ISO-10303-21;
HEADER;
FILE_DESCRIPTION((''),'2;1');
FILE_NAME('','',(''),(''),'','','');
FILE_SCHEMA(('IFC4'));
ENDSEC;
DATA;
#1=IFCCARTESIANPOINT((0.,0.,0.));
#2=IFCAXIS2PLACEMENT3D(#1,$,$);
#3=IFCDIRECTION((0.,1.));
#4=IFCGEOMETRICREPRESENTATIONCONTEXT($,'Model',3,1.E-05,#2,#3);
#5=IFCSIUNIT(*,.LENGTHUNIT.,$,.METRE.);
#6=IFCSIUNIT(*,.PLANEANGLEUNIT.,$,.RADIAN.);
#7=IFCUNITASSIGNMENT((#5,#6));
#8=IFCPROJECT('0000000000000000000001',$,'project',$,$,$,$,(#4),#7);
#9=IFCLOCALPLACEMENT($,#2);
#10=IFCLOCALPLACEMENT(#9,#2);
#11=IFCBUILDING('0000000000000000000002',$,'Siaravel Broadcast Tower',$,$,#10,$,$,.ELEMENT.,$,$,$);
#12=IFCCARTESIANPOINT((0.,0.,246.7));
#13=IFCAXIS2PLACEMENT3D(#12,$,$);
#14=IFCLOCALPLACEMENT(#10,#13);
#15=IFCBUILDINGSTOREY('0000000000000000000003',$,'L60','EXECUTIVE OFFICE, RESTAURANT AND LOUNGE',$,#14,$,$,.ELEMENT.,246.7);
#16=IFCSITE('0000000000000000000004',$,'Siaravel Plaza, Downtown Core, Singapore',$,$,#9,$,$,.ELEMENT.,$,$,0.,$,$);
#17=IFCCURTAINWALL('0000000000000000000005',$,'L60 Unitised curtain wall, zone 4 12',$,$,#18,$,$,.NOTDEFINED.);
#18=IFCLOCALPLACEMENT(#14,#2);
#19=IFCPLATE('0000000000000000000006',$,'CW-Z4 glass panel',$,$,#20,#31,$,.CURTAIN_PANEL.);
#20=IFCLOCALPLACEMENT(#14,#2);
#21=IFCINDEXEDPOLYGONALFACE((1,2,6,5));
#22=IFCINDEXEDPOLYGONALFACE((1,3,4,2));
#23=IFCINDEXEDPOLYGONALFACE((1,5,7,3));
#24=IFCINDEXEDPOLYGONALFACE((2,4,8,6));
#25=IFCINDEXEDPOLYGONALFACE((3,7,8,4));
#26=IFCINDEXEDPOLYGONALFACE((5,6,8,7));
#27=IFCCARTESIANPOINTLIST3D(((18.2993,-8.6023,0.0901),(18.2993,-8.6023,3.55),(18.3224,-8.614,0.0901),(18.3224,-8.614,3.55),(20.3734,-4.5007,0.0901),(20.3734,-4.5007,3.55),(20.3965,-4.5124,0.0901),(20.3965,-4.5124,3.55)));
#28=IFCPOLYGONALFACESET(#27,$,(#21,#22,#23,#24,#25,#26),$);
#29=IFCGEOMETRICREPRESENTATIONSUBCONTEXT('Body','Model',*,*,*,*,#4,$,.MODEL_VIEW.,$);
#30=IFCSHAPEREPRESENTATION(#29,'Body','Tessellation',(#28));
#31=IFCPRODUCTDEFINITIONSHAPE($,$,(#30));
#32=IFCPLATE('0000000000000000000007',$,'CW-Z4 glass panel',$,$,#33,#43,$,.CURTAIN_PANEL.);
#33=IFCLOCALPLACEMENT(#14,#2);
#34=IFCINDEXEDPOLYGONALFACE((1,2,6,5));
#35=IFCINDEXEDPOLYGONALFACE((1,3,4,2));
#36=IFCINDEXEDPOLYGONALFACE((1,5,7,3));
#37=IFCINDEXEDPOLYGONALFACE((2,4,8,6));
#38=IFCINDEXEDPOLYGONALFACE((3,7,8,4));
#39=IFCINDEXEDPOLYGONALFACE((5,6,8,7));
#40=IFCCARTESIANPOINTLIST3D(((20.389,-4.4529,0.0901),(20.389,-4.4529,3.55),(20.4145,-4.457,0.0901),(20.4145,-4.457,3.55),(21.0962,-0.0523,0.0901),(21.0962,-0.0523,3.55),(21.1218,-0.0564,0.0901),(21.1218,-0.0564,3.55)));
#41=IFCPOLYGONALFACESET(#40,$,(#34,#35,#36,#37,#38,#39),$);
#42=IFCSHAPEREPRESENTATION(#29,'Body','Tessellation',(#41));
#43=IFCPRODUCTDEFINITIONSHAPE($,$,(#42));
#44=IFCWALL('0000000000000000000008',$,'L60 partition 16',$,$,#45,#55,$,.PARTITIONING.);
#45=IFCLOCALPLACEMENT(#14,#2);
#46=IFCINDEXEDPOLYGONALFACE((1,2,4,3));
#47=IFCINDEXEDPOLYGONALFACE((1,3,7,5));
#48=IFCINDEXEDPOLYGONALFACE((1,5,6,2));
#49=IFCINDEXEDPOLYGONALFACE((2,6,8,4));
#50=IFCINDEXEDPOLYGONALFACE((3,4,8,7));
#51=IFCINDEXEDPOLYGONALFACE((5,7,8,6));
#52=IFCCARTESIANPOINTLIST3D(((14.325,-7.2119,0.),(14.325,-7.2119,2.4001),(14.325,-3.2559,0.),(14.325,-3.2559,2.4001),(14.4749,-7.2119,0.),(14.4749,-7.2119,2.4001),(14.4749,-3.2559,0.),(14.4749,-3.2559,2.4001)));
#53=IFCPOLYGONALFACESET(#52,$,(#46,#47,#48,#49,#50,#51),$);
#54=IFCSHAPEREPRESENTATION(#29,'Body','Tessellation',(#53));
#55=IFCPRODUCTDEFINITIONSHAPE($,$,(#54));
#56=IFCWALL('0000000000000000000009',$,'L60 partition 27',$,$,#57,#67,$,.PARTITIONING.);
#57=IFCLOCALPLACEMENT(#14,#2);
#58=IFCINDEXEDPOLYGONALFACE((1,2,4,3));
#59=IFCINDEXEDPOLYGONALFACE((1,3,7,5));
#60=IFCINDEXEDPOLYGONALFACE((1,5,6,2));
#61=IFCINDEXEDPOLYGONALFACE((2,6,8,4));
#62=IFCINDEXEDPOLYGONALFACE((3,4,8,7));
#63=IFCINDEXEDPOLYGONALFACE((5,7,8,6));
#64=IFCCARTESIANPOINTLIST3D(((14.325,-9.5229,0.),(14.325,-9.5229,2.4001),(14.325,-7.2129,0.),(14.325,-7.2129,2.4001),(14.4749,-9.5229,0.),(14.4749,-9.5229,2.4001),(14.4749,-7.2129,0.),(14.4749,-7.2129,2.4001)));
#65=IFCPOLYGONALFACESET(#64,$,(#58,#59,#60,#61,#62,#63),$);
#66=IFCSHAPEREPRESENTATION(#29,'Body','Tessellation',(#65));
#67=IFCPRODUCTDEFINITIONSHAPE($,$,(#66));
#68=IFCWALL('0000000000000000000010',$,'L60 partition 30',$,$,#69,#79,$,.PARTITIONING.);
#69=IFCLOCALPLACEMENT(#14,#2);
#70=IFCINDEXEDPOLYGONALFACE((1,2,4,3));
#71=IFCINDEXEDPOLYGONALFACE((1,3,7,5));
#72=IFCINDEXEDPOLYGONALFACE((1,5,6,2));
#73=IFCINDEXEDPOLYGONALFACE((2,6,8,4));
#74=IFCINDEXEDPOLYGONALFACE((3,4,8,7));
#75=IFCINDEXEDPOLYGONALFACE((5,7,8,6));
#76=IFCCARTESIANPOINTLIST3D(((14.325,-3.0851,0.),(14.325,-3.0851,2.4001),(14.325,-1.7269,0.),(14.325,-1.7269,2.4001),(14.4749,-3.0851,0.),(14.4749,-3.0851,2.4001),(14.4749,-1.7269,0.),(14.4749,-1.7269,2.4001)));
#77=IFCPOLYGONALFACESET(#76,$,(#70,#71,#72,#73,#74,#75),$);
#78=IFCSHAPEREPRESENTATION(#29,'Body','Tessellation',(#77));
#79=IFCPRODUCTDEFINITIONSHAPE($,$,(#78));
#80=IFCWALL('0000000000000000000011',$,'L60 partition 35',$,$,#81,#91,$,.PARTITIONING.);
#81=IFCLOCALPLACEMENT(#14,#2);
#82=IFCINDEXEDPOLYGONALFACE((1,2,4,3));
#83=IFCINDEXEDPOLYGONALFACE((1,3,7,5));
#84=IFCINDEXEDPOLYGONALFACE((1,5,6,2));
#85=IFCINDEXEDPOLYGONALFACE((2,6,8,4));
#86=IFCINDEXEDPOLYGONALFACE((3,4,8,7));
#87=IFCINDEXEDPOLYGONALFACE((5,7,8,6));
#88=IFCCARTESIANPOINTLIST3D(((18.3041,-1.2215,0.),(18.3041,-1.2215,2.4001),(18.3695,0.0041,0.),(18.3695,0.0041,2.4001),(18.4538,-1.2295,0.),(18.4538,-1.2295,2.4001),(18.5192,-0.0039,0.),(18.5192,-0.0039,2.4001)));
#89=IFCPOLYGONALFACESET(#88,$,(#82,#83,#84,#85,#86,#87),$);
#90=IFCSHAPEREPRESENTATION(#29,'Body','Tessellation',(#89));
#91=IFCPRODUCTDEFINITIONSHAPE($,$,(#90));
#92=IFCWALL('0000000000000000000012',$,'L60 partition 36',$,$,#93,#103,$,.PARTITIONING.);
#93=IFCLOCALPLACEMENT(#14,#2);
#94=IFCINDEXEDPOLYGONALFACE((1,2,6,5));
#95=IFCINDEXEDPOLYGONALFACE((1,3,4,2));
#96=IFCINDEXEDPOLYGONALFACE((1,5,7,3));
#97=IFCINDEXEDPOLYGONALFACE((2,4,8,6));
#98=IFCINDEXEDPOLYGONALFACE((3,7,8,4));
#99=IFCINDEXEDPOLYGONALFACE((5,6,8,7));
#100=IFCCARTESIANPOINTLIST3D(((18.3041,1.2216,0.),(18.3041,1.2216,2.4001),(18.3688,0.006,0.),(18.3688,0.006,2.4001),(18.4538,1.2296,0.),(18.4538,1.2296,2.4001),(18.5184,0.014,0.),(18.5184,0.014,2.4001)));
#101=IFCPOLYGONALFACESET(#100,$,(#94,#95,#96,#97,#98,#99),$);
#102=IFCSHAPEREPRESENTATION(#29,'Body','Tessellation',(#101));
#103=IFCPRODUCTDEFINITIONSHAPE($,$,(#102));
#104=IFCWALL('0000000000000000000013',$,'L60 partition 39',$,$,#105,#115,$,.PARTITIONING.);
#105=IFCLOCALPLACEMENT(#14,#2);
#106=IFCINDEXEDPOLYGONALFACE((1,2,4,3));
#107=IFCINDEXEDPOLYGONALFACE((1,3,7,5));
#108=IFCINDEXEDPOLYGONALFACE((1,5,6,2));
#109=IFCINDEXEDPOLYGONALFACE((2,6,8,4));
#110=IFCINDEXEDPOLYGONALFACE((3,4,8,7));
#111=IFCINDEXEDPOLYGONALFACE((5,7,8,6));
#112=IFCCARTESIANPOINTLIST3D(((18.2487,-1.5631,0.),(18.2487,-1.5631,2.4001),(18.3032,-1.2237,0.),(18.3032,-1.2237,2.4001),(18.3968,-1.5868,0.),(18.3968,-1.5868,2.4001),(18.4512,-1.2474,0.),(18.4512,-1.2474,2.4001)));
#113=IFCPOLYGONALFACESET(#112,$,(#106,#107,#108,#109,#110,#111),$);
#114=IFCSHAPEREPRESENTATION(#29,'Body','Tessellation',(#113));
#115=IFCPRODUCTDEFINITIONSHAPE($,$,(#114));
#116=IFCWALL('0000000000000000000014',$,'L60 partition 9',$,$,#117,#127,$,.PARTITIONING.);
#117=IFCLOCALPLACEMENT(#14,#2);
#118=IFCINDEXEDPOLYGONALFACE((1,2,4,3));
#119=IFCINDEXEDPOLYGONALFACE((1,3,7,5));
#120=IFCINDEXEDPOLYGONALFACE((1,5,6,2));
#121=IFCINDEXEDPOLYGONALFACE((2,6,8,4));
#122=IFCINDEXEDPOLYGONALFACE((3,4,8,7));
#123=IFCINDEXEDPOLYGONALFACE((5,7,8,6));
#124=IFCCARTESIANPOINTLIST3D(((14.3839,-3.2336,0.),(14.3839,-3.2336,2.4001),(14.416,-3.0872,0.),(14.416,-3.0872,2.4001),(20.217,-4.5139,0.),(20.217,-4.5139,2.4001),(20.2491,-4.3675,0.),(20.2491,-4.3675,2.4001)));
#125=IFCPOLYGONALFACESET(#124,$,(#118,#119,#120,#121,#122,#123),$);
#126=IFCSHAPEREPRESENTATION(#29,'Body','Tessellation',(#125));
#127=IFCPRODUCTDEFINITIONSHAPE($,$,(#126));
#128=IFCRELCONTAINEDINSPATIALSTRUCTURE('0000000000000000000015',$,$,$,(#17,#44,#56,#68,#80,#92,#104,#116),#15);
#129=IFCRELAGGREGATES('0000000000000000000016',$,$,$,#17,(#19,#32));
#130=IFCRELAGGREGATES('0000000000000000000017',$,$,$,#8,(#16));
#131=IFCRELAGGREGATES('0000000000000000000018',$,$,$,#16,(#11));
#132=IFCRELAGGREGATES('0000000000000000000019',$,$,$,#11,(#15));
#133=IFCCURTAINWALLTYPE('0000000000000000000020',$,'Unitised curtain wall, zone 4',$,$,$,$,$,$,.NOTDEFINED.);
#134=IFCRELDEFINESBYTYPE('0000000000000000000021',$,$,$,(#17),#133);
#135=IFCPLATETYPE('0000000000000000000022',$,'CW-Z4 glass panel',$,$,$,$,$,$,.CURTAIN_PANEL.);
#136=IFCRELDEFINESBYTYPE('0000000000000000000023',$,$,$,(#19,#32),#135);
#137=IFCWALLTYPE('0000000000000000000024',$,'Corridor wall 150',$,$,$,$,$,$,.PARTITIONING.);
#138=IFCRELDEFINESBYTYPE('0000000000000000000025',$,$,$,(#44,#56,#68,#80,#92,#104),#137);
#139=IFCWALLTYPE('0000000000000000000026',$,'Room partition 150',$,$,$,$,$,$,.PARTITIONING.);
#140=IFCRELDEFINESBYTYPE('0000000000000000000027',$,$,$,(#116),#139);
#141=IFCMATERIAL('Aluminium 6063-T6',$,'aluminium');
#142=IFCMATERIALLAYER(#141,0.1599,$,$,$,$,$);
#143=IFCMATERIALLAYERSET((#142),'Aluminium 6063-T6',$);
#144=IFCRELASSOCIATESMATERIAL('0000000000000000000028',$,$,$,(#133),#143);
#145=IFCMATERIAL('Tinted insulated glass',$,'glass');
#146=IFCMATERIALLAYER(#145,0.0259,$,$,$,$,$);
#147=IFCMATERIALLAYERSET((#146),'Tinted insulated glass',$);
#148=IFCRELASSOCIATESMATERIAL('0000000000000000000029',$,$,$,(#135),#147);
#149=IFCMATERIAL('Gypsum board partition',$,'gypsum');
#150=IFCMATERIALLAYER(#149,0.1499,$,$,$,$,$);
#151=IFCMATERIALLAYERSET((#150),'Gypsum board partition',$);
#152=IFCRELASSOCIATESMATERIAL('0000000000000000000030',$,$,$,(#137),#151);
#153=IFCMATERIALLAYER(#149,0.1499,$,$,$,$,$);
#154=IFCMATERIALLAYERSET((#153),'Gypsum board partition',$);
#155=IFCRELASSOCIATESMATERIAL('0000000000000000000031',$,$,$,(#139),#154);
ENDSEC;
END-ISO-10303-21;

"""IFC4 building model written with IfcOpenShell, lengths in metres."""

from ifc_helpers import new_model, si_unit, direction, frame, frame_2d, origin, origin_2d, place, context, subcontext, project, spatial, rectangle, extrude, material, layer, layer_set, type_object, element, aggregate, save


model = new_model("IFC4")

# Units and contexts
model_context = context("Model", 3, precision=1e-05, world=origin(), true_north=direction((0.0, 1.0)))
body_context = subcontext(model_context, "Body", "Model", "MODEL_VIEW")
ifc_project = project(units=[si_unit("LENGTHUNIT", "METRE"), si_unit("PLANEANGLEUNIT", "RADIAN")], contexts=[model_context])

# Site, building, storey
site_placement = place(None, origin())
site = spatial("IfcSite", under=ifc_project, at=site_placement, Name="Siaravel Plaza, Downtown Core, Singapore", CompositionType="ELEMENT", RefElevation=0.0)
building_placement = place(site_placement, origin())
building = spatial("IfcBuilding", under=site, at=building_placement, Name="Siaravel Broadcast Tower", CompositionType="ELEMENT")
storey_placement = place(building_placement, frame((0.0, 0.0, 246.7)))
storey = spatial("IfcBuildingStorey", under=building, at=storey_placement, Name="L60", Description="EXECUTIVE OFFICE, RESTAURANT AND LOUNGE", CompositionType="ELEMENT", Elevation=246.7)

# Curtain wall
ifc_material_1 = material(Name="Aluminium 6063-T6", Category="aluminium")
ifc_layer_1 = layer(ifc_material_1, 0.1599)
ifc_layer_set_1 = layer_set([ifc_layer_1], Name="Aluminium 6063-T6")
curtain_wall_type = type_object("IfcCurtainWallType", Name="Unitised curtain wall, zone 4", PredefinedType="NOTDEFINED", material=ifc_layer_set_1)
curtain_wall_1_placement = place(storey_placement, origin())
curtain_wall_1 = element("IfcCurtainWall", 1, at=curtain_wall_1_placement, inside=storey, type_object=curtain_wall_type, Name="L60 Unitised curtain wall, zone 4 12", PredefinedType="NOTDEFINED")

# Plates
ifc_material_2 = material(Name="Tinted insulated glass", Category="glass")
ifc_layer_2 = layer(ifc_material_2, 0.0259)
ifc_layer_set_2 = layer_set([ifc_layer_2], Name="Tinted insulated glass")
plate_type = type_object("IfcPlateType", Name="CW-Z4 glass panel", PredefinedType="CURTAIN_PANEL", material=ifc_layer_set_2)
plate_1_placement = place(storey_placement, frame((19.3479, -6.5574, 0.0901), z_axis=(0.0, 0.0, 1.0), x_axis=(0.451259, 0.892393, 0.0)))
plate_1 = element("IfcPlate", 2, at=plate_1_placement, type_object=plate_type, Name="CW-Z4 glass panel", PredefinedType="CURTAIN_PANEL", context=body_context, shape_type="SweptSolid", body=[
    extrude(rectangle(XDim=4.5962, YDim=0.0259, at=origin_2d()), origin(), (0.0, 0.0, 1.0), 3.46),
])
plate_2_placement = place(storey_placement, frame((20.7554, -2.2546, 0.0901), z_axis=(0.0, 0.0, 1.0), x_axis=(0.158685, 0.987329, 0.0)))
plate_2 = element("IfcPlate", 3, at=plate_2_placement, type_object=plate_type, Name="CW-Z4 glass panel", PredefinedType="CURTAIN_PANEL", context=body_context, shape_type="SweptSolid", body=[
    extrude(rectangle(XDim=4.457, YDim=0.0259, at=origin_2d()), origin(), (0.0, 0.0, 1.0), 3.46),
])
aggregate(curtain_wall_1, [plate_1, plate_2])

# Wall
ifc_material_3 = material(Name="Gypsum board partition", Category="gypsum")
ifc_layer_3 = layer(ifc_material_3, 0.1499)
ifc_layer_set_3 = layer_set([ifc_layer_3], Name="Gypsum board partition")
wall_type_1 = type_object("IfcWallType", Name="Corridor wall 150", PredefinedType="PARTITIONING", material=ifc_layer_set_3)
wall_1_placement = place(storey_placement, frame((14.3999, -7.2119, 0.0), z_axis=(0.0, 0.0, 1.0), x_axis=(0.0, 1.0, 0.0)))
element("IfcWall", 4, at=wall_1_placement, inside=storey, type_object=wall_type_1, Name="L60 partition 16", PredefinedType="PARTITIONING", context=body_context, shape_type="SweptSolid", body=[
    extrude(rectangle(XDim=3.9561, YDim=0.1499, at=frame_2d((1.978, 0.0))), origin(), (0.0, 0.0, 1.0), 2.4001),
])

# Walls
wall_2_placement = place(storey_placement, frame((14.3999, -9.5229, 0.0), z_axis=(0.0, 0.0, 1.0), x_axis=(0.0, 1.0, 0.0)))
element("IfcWall", 5, at=wall_2_placement, inside=storey, type_object=wall_type_1, Name="L60 partition 27", PredefinedType="PARTITIONING", context=body_context, shape_type="SweptSolid", body=[
    extrude(rectangle(XDim=2.3101, YDim=0.1499, at=frame_2d((1.155, 0.0))), origin(), (0.0, 0.0, 1.0), 2.4001),
])
wall_3_placement = place(storey_placement, frame((14.3999, -3.0852, 0.0), z_axis=(0.0, 0.0, 1.0), x_axis=(0.0, 1.0, 0.0)))
element("IfcWall", 6, at=wall_3_placement, inside=storey, type_object=wall_type_1, Name="L60 partition 30", PredefinedType="PARTITIONING", context=body_context, shape_type="SweptSolid", body=[
    extrude(rectangle(XDim=1.3582, YDim=0.1499, at=frame_2d((0.6792, 0.0))), origin(), (0.0, 0.0, 1.0), 2.4001),
])
wall_4_placement = place(storey_placement, frame((18.3789, -1.2256, 0.0), z_axis=(0.0, 0.0, 1.0), x_axis=(0.053311, 0.998578, 0.0)))
element("IfcWall", 7, at=wall_4_placement, inside=storey, type_object=wall_type_1, Name="L60 partition 35", PredefinedType="PARTITIONING", context=body_context, shape_type="SweptSolid", body=[
    extrude(rectangle(XDim=1.2273, YDim=0.1499, at=frame_2d((0.6138, 0.0))), origin(), (0.0, 0.0, 1.0), 2.4001),
])
wall_5_placement = place(storey_placement, frame((18.4436, 0.01, 0.0), z_axis=(0.0, 0.0, 1.0), x_axis=(-0.053148, 0.998587, 0.0)))
element("IfcWall", 8, at=wall_5_placement, inside=storey, type_object=wall_type_1, Name="L60 partition 36", PredefinedType="PARTITIONING", context=body_context, shape_type="SweptSolid", body=[
    extrude(rectangle(XDim=1.2173, YDim=0.1499, at=frame_2d((0.6086, 0.0))), origin(), (0.0, 0.0, 1.0), 2.4001),
])
wall_6_placement = place(storey_placement, frame((18.3228, -1.575, 0.0), z_axis=(0.0, 0.0, 1.0), x_axis=(0.158406, 0.987374, 0.0)))
element("IfcWall", 9, at=wall_6_placement, inside=storey, type_object=wall_type_1, Name="L60 partition 39", PredefinedType="PARTITIONING", context=body_context, shape_type="SweptSolid", body=[
    extrude(rectangle(XDim=0.3438, YDim=0.1499, at=frame_2d((0.1719, 0.0))), origin(), (0.0, 0.0, 1.0), 2.4001),
])
ifc_layer_4 = layer(ifc_material_3, 0.1499)
ifc_layer_set_4 = layer_set([ifc_layer_4], Name="Gypsum board partition")
wall_type_2 = type_object("IfcWallType", Name="Room partition 150", PredefinedType="PARTITIONING", material=ifc_layer_set_4)
wall_7_placement = place(storey_placement, frame((20.2329, -4.4407, 0.0), z_axis=(0.0, 0.0, 1.0), x_axis=(-0.976749, 0.214384, 0.0)))
element("IfcWall", 10, at=wall_7_placement, inside=storey, type_object=wall_type_2, Name="L60 partition 9", PredefinedType="PARTITIONING", context=body_context, shape_type="SweptSolid", body=[
    extrude(rectangle(XDim=5.9719, YDim=0.1499, at=frame_2d((2.9858, 0.0))), origin(), (0.0, 0.0, 1.0), 2.4001),
])

save(model, "model.ifc")
